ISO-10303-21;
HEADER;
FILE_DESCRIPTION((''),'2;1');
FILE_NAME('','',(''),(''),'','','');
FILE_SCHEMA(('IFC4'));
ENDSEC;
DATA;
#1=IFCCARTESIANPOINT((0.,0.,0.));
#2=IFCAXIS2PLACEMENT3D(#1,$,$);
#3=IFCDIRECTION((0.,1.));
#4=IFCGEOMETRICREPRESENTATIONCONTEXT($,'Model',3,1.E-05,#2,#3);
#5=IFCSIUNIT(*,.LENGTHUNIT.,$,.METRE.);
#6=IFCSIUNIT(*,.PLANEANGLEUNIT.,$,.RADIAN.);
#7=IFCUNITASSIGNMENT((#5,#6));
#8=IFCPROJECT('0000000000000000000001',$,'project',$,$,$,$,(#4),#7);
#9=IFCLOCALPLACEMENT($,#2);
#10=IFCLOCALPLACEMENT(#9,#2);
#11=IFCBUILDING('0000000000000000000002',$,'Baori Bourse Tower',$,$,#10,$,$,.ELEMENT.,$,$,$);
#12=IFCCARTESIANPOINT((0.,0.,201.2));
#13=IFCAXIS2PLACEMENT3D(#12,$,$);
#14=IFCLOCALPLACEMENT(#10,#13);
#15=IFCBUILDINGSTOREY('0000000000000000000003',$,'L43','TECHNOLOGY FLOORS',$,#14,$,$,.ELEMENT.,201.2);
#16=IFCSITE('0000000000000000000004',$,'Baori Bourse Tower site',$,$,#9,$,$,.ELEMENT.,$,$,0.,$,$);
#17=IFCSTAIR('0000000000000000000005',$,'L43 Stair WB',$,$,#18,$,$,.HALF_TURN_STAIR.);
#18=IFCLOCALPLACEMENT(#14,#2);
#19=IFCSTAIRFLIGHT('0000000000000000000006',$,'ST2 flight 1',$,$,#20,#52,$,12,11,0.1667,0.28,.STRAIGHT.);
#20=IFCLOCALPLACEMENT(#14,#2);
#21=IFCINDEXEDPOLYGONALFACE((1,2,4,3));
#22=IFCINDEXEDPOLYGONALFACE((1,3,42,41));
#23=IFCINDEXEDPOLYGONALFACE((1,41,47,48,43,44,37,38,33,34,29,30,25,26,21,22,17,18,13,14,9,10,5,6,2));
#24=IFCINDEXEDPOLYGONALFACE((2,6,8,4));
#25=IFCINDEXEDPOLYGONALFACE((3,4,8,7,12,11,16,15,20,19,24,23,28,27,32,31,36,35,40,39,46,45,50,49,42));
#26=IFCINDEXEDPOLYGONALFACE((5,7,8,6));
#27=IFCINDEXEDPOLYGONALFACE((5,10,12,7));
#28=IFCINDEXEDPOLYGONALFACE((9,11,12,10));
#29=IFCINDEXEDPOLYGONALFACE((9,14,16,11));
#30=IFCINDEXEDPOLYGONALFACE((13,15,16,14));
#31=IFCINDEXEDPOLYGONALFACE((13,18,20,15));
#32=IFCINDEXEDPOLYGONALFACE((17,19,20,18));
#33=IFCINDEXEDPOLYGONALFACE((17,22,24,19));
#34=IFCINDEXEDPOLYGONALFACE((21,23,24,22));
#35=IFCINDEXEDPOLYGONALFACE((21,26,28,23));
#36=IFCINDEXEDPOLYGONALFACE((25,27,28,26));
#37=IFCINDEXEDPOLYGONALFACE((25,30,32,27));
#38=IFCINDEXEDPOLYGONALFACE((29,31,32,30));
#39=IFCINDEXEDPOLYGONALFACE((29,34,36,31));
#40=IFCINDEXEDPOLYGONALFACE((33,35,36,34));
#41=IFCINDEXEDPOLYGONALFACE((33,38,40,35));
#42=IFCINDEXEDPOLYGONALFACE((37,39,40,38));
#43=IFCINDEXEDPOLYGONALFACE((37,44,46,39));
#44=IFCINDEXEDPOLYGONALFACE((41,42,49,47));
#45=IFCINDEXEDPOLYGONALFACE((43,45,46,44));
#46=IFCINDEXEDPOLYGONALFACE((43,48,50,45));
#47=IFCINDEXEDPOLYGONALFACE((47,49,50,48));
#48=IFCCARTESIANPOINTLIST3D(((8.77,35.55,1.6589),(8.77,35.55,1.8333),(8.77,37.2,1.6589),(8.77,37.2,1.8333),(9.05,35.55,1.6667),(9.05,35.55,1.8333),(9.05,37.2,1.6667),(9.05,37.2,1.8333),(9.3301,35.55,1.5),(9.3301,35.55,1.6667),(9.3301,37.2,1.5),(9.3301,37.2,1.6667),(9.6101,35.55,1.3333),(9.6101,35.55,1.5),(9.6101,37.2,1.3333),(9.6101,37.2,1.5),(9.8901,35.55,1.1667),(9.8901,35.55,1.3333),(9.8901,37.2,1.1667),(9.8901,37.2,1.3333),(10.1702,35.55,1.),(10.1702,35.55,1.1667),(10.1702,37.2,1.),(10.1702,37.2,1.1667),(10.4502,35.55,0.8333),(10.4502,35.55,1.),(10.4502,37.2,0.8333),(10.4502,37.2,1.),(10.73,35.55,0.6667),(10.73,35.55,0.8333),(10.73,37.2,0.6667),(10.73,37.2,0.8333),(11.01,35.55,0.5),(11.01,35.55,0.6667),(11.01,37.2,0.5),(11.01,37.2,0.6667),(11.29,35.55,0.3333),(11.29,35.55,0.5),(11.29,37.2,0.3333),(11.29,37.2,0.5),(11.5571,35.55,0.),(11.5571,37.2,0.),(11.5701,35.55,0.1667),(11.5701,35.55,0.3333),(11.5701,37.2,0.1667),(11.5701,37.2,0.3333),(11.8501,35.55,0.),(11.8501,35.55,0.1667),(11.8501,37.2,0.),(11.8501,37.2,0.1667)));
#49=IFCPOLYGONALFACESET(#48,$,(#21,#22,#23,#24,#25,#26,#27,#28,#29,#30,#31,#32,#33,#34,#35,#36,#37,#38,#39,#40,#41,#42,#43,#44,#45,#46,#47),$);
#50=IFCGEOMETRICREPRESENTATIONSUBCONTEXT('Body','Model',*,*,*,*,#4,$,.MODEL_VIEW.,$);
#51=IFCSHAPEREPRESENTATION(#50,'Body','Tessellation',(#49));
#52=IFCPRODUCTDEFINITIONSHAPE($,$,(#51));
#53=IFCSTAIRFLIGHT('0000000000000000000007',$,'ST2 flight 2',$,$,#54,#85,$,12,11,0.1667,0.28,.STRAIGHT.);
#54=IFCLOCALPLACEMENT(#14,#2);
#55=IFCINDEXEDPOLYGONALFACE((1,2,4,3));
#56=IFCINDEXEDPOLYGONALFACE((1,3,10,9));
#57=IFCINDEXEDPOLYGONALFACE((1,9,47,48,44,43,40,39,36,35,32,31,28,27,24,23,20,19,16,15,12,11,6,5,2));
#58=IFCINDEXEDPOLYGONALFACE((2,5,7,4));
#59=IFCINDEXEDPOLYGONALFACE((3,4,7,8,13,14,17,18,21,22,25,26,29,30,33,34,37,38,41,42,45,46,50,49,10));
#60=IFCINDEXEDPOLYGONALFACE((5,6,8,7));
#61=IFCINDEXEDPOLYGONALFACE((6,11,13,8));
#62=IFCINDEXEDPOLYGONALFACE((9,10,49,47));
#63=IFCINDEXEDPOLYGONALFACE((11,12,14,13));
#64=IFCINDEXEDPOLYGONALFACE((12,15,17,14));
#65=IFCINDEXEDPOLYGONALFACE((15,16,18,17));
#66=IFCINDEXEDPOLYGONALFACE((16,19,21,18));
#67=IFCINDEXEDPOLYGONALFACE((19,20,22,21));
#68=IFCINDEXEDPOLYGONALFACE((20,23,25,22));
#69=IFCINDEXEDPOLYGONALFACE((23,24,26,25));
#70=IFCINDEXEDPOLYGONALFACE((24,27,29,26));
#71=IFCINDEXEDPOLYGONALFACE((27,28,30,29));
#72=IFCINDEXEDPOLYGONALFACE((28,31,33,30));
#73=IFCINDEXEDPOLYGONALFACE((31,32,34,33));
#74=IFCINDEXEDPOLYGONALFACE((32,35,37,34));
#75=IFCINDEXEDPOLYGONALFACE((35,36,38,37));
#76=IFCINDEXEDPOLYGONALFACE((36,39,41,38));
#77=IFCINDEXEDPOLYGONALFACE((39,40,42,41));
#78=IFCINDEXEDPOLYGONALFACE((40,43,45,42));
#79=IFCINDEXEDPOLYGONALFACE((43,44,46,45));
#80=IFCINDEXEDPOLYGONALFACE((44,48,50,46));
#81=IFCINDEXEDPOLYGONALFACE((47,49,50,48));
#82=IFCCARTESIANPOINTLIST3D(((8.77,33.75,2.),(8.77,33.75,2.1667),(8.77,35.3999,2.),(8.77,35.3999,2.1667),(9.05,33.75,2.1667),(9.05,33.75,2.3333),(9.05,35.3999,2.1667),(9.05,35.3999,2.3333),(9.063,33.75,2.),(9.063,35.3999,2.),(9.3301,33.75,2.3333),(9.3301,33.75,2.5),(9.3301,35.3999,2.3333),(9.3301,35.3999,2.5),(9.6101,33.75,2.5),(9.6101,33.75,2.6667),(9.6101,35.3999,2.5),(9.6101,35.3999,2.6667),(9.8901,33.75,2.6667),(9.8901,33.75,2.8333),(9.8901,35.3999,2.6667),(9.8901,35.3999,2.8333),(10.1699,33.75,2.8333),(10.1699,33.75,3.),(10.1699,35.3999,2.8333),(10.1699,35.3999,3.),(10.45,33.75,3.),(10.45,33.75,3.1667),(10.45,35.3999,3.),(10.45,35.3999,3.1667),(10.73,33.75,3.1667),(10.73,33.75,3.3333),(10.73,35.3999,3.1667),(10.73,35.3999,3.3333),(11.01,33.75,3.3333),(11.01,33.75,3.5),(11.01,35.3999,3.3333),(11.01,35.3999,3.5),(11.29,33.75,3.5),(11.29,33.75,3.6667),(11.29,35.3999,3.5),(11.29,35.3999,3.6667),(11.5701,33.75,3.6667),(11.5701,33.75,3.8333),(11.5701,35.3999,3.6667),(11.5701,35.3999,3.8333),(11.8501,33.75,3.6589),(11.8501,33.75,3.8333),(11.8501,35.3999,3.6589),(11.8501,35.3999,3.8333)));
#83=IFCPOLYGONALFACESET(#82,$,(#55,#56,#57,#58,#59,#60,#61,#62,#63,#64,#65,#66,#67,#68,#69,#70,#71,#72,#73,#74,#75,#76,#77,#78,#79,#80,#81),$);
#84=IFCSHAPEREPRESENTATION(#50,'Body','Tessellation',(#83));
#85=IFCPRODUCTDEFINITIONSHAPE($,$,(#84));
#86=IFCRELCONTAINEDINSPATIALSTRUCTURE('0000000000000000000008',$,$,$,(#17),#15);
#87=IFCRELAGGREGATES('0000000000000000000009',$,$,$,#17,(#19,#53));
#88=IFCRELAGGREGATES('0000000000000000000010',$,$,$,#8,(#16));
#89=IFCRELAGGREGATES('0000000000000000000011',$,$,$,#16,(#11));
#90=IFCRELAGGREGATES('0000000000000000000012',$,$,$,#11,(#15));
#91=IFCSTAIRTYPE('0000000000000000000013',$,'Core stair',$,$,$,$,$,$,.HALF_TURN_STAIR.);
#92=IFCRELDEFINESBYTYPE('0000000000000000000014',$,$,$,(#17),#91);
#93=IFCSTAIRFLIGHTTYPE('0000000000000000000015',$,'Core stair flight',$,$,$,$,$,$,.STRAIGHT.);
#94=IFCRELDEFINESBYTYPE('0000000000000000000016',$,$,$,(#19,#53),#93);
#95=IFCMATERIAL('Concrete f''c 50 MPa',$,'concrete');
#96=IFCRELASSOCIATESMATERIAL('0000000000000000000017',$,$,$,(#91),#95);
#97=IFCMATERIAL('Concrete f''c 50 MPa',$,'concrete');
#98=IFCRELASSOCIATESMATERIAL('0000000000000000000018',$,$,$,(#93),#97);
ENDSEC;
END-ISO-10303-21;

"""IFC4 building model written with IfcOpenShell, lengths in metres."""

from ifc_helpers import new_model, si_unit, direction, frame, origin, place, context, subcontext, project, spatial, polyline, outline, extrude, material, type_object, element, aggregate, save


model = new_model("IFC4")

# Units and contexts
model_context = context("Model", 3, precision=1e-05, world=origin(), true_north=direction((0.0, 1.0)))
body_context = subcontext(model_context, "Body", "Model", "MODEL_VIEW")
ifc_project = project(units=[si_unit("LENGTHUNIT", "METRE"), si_unit("PLANEANGLEUNIT", "RADIAN")], contexts=[model_context])

# Site, building, storey
site_placement = place(None, origin())
site = spatial("IfcSite", under=ifc_project, at=site_placement, Name="Baori Bourse Tower site", CompositionType="ELEMENT", RefElevation=0.0)
building_placement = place(site_placement, origin())
building = spatial("IfcBuilding", under=site, at=building_placement, Name="Baori Bourse Tower", CompositionType="ELEMENT")
storey_placement = place(building_placement, frame((0.0, 0.0, 201.2)))
storey = spatial("IfcBuildingStorey", under=building, at=storey_placement, Name="L43", Description="TECHNOLOGY FLOORS", CompositionType="ELEMENT", Elevation=201.2)

# Stair, stair flights
ifc_material_1 = material(Name="Concrete f'c 50 MPa", Category="concrete")
stair_type = type_object("IfcStairType", Name="Core stair", PredefinedType="HALF_TURN_STAIR", material=ifc_material_1)
stair_placement = place(storey_placement, origin())
stair = element("IfcStair", 1, at=stair_placement, inside=storey, type_object=stair_type, Name="L43 Stair WB", PredefinedType="HALF_TURN_STAIR")
ifc_material_2 = material(Name="Concrete f'c 50 MPa", Category="concrete")
stair_flight_type = type_object("IfcStairFlightType", Name="Core stair flight", PredefinedType="STRAIGHT", material=ifc_material_2)
stair_flight_1_placement = place(storey_placement, frame((11.8501, 36.375, 0.0), z_axis=(0.0, 0.0, 1.0), x_axis=(-1.0, 0.0, 0.0)))
stair_flight_1 = element("IfcStairFlight", 2, at=stair_flight_1_placement, type_object=stair_flight_type, Name="ST2 flight 1", NumberOfRisers=12, NumberOfTreads=11, PredefinedType="STRAIGHT", RiserHeight=0.1667, TreadLength=0.28, context=body_context, shape_type="SweptSolid", body=[
    extrude(outline(polyline([(0.0, 0.0), (0.0, 0.1667), (0.28, 0.1667), (0.28, 0.3333), (0.5601, 0.3333), (0.5601, 0.5), (0.8401, 0.5), (0.8401, 0.6667), (1.1201, 0.6667), (1.1201, 0.8333), (1.3999, 0.8333), (1.3999, 1.0), (1.6799, 1.0), (1.6799, 1.1667), (1.96, 1.1667), (1.96, 1.3333), (2.24, 1.3333), (2.24, 1.5), (2.52, 1.5), (2.52, 1.6667), (2.8, 1.6667), (2.8, 1.8333), (3.0801, 1.8333), (3.0801, 2.0), (3.0801, 1.6589), (0.293, 0.0), (0.0, 0.0)])), frame((0.0, 0.825, 0.0), z_axis=(0.0, -1.0, 0.0), x_axis=(1.0, 0.0, 0.0)), (0.0, 0.0, 1.0), 1.6499),
])
stair_flight_2_placement = place(storey_placement, frame((8.77, 34.575, 2.0), z_axis=(0.0, 0.0, 1.0), x_axis=(1.0, 0.0, 0.0)))
stair_flight_2 = element("IfcStairFlight", 3, at=stair_flight_2_placement, type_object=stair_flight_type, Name="ST2 flight 2", NumberOfRisers=12, NumberOfTreads=11, PredefinedType="STRAIGHT", RiserHeight=0.1667, TreadLength=0.28, context=body_context, shape_type="SweptSolid", body=[
    extrude(outline(polyline([(0.0, 0.0), (0.0, 0.1667), (0.28, 0.1667), (0.28, 0.3333), (0.5601, 0.3333), (0.5601, 0.5), (0.8401, 0.5), (0.8401, 0.6667), (1.1201, 0.6667), (1.1201, 0.8333), (1.3999, 0.8333), (1.3999, 1.0), (1.6799, 1.0), (1.6799, 1.1667), (1.96, 1.1667), (1.96, 1.3333), (2.24, 1.3333), (2.24, 1.5), (2.52, 1.5), (2.52, 1.6667), (2.8, 1.6667), (2.8, 1.8333), (3.0801, 1.8333), (3.0801, 2.0), (3.0801, 1.6589), (0.293, 0.0), (0.0, 0.0)])), frame((0.0, 0.825, 0.0), z_axis=(0.0, -1.0, 0.0), x_axis=(1.0, 0.0, 0.0)), (0.0, 0.0, 1.0), 1.6499),
])
aggregate(stair, [stair_flight_1, stair_flight_2])

save(model, "model.ifc")
